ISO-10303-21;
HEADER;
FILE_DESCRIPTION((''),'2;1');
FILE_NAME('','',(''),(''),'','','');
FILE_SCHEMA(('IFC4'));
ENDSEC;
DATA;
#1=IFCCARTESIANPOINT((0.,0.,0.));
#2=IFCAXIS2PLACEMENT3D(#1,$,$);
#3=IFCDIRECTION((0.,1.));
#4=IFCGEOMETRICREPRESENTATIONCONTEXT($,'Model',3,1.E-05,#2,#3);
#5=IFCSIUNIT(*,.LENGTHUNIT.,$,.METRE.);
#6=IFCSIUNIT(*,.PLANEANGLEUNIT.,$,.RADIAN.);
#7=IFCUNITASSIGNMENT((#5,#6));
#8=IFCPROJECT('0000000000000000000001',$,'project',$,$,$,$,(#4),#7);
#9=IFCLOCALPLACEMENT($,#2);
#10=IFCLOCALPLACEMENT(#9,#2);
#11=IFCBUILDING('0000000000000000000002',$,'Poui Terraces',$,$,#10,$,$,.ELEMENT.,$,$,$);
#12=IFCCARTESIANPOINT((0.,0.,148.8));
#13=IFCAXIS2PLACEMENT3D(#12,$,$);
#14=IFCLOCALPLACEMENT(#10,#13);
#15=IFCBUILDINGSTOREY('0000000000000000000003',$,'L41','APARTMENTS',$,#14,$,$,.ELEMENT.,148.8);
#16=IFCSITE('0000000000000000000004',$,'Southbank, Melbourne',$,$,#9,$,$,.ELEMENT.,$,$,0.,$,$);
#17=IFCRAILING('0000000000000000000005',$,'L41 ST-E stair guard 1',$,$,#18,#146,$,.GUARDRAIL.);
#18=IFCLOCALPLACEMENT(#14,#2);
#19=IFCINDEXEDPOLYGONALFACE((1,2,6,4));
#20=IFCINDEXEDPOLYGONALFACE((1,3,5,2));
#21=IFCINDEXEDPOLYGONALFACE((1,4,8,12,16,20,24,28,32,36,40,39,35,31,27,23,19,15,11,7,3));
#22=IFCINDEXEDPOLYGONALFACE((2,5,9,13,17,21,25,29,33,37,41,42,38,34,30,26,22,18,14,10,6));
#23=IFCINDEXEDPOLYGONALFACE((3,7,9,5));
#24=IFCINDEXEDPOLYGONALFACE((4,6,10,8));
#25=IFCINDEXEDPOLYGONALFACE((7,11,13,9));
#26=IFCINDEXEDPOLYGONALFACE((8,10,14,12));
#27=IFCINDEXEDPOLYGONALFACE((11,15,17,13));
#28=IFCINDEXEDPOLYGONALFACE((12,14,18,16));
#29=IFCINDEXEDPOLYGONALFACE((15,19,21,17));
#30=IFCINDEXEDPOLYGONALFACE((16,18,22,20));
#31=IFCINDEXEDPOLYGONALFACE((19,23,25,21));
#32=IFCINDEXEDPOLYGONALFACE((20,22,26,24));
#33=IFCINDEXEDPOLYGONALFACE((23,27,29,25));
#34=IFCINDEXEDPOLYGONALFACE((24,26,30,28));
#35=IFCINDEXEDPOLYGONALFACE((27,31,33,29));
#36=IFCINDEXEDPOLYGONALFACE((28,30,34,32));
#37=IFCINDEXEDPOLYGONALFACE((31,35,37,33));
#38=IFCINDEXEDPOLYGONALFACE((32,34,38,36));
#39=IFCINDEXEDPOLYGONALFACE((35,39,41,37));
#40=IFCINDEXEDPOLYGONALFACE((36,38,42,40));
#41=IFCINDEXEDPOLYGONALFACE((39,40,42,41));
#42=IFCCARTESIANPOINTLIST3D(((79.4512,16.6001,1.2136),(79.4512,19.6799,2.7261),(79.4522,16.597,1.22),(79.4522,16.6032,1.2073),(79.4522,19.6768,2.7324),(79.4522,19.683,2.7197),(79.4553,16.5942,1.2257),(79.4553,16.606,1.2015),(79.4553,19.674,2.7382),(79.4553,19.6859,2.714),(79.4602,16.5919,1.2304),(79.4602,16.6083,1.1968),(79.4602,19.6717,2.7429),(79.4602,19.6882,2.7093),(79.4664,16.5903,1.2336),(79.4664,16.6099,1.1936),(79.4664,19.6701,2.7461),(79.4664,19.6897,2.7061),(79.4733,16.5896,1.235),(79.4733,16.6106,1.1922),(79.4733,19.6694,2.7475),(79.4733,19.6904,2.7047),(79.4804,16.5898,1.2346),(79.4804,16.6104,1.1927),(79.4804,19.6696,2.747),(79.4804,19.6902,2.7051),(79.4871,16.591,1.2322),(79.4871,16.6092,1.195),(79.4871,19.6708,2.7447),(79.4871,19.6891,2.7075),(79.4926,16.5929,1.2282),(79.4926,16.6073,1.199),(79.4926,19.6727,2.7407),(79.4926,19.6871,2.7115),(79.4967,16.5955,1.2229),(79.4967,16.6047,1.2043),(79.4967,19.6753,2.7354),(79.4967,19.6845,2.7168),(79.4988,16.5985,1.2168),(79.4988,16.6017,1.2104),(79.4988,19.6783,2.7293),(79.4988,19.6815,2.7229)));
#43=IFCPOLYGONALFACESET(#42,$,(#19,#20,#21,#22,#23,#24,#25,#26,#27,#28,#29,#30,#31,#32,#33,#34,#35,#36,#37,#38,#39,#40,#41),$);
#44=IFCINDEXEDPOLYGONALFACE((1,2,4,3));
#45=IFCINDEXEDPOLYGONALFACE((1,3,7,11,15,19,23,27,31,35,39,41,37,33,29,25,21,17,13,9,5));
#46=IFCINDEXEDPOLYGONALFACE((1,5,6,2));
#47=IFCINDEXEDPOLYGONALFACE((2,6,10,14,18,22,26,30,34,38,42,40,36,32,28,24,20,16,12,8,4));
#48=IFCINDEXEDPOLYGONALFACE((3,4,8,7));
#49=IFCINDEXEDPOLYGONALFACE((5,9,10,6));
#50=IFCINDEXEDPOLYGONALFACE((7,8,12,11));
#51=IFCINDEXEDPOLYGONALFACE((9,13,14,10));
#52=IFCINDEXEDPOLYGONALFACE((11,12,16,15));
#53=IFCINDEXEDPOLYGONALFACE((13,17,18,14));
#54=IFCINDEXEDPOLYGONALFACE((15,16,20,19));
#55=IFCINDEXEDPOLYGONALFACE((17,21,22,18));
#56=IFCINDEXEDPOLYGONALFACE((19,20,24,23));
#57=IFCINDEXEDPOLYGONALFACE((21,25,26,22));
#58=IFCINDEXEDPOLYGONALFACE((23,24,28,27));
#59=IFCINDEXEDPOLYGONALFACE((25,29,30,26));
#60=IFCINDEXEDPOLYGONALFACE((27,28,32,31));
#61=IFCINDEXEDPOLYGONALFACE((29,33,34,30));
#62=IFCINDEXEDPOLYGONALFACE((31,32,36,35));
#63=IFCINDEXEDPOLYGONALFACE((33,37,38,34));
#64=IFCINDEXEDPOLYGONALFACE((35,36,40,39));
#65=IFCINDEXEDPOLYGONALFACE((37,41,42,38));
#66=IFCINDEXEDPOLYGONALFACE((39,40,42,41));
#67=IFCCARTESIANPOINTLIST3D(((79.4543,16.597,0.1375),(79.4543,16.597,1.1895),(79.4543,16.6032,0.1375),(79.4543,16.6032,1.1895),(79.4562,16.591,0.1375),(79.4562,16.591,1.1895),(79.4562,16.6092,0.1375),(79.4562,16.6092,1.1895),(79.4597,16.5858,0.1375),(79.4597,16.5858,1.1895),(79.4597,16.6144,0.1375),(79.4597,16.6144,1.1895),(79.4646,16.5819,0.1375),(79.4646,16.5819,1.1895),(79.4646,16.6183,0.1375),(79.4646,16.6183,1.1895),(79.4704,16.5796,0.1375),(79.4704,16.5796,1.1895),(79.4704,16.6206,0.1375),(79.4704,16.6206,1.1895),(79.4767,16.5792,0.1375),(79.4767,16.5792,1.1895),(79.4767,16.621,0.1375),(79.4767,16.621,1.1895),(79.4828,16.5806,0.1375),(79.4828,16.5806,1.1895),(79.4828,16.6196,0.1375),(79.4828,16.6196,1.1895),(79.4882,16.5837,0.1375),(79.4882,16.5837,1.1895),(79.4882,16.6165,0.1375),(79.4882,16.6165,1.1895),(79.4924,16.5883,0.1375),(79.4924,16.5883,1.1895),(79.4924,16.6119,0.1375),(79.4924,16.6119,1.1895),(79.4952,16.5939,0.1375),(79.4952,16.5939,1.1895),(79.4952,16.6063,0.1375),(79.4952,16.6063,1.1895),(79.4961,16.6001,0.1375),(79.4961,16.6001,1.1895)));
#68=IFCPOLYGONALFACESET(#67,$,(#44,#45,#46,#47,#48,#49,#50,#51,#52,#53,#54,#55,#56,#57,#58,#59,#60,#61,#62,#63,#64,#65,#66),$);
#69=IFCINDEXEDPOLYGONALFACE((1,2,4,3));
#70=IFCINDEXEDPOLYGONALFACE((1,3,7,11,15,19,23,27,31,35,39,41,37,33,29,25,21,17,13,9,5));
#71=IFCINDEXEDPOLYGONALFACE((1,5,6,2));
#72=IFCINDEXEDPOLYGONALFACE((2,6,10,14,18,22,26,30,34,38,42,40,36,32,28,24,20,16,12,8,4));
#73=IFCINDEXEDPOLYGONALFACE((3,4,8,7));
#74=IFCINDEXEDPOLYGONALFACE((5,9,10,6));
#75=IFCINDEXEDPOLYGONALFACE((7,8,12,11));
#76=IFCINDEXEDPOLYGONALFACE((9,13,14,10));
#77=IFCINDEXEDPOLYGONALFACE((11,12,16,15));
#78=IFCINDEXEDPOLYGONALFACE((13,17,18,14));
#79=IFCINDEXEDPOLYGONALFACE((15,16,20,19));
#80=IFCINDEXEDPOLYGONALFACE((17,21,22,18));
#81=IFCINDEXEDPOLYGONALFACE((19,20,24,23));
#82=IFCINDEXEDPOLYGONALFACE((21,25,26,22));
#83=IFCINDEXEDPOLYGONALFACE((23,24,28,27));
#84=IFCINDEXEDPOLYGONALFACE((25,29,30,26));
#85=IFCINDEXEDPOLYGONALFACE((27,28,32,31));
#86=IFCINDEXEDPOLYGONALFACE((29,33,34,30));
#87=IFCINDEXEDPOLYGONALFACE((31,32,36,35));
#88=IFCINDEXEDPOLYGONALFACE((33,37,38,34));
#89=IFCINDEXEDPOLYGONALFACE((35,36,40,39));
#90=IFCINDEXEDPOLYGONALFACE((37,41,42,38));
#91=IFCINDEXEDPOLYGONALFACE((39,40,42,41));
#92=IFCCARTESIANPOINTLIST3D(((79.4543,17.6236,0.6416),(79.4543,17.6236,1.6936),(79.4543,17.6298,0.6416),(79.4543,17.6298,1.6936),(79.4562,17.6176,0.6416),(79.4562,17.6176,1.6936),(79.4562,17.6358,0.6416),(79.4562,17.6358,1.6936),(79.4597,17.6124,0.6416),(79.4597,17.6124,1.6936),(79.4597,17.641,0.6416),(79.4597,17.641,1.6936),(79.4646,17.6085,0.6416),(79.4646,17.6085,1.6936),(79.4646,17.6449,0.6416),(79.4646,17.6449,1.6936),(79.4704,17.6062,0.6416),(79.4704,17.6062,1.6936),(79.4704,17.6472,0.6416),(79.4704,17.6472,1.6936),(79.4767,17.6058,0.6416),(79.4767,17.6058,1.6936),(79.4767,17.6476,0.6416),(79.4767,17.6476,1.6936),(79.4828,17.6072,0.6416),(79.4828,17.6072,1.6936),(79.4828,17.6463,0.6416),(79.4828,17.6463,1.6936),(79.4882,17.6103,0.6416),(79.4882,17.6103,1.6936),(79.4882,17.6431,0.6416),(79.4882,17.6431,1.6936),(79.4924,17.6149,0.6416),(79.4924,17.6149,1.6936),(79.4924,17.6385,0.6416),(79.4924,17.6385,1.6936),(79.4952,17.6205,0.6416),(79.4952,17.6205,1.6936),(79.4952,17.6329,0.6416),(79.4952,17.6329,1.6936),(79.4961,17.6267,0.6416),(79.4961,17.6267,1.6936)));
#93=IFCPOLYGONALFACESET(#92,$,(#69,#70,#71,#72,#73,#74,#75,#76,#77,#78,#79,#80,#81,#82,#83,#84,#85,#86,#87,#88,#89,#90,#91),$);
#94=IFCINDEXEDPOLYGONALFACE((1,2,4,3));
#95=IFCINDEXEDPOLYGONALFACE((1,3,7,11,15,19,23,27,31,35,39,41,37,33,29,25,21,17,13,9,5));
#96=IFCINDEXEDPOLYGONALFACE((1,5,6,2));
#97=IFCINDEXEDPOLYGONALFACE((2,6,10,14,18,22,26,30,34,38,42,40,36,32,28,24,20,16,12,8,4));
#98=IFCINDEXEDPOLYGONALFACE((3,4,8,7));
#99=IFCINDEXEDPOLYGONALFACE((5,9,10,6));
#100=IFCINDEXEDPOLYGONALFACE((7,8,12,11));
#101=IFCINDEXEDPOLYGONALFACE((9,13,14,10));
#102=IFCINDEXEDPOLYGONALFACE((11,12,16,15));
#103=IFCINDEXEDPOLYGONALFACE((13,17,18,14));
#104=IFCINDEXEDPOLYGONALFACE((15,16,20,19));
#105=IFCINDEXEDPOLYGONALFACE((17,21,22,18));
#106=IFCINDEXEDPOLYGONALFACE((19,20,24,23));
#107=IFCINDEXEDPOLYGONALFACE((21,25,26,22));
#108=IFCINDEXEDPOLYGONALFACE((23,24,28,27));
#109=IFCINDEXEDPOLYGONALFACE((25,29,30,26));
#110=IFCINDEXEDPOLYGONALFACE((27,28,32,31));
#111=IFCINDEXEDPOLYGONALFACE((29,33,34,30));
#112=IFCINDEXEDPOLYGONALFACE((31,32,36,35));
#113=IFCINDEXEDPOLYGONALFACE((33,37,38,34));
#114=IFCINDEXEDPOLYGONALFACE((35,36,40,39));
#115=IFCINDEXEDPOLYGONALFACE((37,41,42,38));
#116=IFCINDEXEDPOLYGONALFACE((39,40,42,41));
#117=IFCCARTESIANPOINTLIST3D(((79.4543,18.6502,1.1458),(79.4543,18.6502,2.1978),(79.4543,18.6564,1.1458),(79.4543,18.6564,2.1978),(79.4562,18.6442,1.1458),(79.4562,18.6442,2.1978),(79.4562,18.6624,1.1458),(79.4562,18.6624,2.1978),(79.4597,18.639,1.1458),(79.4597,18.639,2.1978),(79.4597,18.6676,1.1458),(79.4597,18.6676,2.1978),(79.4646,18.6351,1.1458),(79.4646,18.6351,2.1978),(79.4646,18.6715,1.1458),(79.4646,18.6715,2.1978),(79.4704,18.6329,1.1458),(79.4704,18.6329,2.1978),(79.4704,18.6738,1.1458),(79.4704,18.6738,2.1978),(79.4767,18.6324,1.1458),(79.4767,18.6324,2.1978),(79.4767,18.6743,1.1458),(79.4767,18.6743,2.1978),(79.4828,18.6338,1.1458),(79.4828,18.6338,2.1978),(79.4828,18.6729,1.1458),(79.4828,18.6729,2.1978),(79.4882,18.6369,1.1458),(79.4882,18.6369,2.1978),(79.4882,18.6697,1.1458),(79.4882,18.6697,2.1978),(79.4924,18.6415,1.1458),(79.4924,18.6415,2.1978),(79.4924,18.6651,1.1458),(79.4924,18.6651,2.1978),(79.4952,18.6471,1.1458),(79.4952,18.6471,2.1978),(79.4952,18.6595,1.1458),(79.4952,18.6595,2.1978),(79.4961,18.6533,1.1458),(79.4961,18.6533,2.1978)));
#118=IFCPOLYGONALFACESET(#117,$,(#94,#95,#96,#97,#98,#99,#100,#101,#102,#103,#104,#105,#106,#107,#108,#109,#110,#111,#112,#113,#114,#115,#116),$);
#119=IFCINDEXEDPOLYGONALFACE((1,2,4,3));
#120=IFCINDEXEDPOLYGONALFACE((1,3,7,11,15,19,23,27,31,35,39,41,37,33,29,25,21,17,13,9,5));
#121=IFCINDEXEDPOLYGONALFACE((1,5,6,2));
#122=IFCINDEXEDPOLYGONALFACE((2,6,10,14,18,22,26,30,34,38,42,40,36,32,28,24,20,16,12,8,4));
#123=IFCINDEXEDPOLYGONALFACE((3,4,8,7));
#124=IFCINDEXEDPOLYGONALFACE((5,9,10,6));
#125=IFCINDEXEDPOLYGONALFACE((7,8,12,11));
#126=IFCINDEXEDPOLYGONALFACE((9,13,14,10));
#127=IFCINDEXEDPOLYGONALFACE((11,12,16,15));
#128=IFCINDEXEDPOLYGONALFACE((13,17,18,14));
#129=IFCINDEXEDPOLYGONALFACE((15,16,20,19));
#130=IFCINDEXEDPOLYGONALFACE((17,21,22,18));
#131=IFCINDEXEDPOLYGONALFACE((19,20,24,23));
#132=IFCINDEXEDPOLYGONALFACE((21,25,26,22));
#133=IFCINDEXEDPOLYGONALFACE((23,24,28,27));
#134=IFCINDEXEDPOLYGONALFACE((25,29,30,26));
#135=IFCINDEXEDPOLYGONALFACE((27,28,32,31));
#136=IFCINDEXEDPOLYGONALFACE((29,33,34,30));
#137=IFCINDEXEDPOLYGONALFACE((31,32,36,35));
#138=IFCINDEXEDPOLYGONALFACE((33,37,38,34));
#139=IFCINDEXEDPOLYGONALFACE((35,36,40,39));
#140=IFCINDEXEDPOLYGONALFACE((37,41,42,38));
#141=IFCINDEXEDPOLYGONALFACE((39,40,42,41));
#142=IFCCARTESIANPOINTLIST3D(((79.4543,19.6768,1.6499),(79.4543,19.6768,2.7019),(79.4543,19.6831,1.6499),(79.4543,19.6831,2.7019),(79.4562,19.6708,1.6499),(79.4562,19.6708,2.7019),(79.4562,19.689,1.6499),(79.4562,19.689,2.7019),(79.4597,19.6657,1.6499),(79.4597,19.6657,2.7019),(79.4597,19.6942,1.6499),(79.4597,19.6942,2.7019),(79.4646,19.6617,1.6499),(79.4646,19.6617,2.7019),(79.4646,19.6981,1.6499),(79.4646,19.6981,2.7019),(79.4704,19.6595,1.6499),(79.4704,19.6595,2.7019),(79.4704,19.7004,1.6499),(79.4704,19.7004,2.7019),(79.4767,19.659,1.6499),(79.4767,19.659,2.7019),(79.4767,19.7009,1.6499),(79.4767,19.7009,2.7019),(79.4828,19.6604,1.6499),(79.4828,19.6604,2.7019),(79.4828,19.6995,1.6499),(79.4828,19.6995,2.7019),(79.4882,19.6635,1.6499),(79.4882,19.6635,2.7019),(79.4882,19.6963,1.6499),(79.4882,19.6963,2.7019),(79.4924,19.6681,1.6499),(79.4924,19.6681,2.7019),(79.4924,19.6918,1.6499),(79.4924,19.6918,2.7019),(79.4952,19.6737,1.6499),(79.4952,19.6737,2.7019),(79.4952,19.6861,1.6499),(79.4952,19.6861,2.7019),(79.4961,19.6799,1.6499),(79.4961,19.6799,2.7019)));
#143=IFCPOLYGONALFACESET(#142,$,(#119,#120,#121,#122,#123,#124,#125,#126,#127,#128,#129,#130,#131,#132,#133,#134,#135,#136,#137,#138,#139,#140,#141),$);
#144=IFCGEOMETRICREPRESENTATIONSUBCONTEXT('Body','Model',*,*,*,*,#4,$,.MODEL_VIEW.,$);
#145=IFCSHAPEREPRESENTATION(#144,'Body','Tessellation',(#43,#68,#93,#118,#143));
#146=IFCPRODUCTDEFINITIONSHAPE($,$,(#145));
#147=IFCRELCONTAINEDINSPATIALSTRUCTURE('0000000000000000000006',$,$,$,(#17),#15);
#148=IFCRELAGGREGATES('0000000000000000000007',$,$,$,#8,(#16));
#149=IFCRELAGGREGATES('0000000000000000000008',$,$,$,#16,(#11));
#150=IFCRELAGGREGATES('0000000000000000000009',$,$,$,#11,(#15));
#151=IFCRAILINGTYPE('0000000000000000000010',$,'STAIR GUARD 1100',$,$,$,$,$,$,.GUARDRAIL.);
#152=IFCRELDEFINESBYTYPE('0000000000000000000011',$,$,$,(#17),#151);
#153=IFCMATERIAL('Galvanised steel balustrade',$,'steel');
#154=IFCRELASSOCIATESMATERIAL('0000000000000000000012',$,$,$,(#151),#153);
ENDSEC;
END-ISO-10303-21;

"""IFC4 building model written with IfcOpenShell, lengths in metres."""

from ifc_helpers import new_model, si_unit, direction, frame, origin, origin_2d, place, context, subcontext, project, spatial, circle, extrude, material, type_object, element, save


model = new_model("IFC4")

# Units and contexts
model_context = context("Model", 3, precision=1e-05, world=origin(), true_north=direction((0.0, 1.0)))
body_context = subcontext(model_context, "Body", "Model", "MODEL_VIEW")
ifc_project = project(units=[si_unit("LENGTHUNIT", "METRE"), si_unit("PLANEANGLEUNIT", "RADIAN")], contexts=[model_context])

# Site, building, storey
site_placement = place(None, origin())
site = spatial("IfcSite", under=ifc_project, at=site_placement, Name="Southbank, Melbourne", CompositionType="ELEMENT", RefElevation=0.0)
building_placement = place(site_placement, origin())
building = spatial("IfcBuilding", under=site, at=building_placement, Name="Poui Terraces", CompositionType="ELEMENT")
storey_placement = place(building_placement, frame((0.0, 0.0, 148.8)))
storey = spatial("IfcBuildingStorey", under=building, at=storey_placement, Name="L41", Description="APARTMENTS", CompositionType="ELEMENT", Elevation=148.8)

# Railing
ifc_material_1 = material(Name="Galvanised steel balustrade", Category="steel")
railing_type_1 = type_object("IfcRailingType", Name="STAIR GUARD 1100", PredefinedType="GUARDRAIL", material=ifc_material_1)
railing_1_placement = place(storey_placement, frame((79.4751, 16.6001, 0.1375)))
element("IfcRailing", 1, at=railing_1_placement, inside=storey, type_object=railing_type_1, Name="L41 ST-E stair guard 1", PredefinedType="GUARDRAIL", context=body_context, shape_type="SweptSolid", body=[
    extrude(circle(Radius=0.0239, at=origin_2d()), frame((0.0, 0.0, 1.0762), z_axis=(0.0, 0.897606, 0.440798), x_axis=(-1.0, 0.0, 0.0)), (0.0, 0.0, 1.0), 3.4312),
    extrude(circle(Radius=0.021, at=origin_2d()), origin(), (0.0, 0.0, 1.0), 1.052),
    extrude(circle(Radius=0.021, at=origin_2d()), frame((0.0, 1.0266, 0.5042)), (0.0, 0.0, 1.0), 1.052),
    extrude(circle(Radius=0.021, at=origin_2d()), frame((0.0, 2.0532, 1.0083)), (0.0, 0.0, 1.0), 1.052),
    extrude(circle(Radius=0.021, at=origin_2d()), frame((0.0, 3.0798, 1.5125)), (0.0, 0.0, 1.0), 1.052),
])

save(model, "model.ifc")
